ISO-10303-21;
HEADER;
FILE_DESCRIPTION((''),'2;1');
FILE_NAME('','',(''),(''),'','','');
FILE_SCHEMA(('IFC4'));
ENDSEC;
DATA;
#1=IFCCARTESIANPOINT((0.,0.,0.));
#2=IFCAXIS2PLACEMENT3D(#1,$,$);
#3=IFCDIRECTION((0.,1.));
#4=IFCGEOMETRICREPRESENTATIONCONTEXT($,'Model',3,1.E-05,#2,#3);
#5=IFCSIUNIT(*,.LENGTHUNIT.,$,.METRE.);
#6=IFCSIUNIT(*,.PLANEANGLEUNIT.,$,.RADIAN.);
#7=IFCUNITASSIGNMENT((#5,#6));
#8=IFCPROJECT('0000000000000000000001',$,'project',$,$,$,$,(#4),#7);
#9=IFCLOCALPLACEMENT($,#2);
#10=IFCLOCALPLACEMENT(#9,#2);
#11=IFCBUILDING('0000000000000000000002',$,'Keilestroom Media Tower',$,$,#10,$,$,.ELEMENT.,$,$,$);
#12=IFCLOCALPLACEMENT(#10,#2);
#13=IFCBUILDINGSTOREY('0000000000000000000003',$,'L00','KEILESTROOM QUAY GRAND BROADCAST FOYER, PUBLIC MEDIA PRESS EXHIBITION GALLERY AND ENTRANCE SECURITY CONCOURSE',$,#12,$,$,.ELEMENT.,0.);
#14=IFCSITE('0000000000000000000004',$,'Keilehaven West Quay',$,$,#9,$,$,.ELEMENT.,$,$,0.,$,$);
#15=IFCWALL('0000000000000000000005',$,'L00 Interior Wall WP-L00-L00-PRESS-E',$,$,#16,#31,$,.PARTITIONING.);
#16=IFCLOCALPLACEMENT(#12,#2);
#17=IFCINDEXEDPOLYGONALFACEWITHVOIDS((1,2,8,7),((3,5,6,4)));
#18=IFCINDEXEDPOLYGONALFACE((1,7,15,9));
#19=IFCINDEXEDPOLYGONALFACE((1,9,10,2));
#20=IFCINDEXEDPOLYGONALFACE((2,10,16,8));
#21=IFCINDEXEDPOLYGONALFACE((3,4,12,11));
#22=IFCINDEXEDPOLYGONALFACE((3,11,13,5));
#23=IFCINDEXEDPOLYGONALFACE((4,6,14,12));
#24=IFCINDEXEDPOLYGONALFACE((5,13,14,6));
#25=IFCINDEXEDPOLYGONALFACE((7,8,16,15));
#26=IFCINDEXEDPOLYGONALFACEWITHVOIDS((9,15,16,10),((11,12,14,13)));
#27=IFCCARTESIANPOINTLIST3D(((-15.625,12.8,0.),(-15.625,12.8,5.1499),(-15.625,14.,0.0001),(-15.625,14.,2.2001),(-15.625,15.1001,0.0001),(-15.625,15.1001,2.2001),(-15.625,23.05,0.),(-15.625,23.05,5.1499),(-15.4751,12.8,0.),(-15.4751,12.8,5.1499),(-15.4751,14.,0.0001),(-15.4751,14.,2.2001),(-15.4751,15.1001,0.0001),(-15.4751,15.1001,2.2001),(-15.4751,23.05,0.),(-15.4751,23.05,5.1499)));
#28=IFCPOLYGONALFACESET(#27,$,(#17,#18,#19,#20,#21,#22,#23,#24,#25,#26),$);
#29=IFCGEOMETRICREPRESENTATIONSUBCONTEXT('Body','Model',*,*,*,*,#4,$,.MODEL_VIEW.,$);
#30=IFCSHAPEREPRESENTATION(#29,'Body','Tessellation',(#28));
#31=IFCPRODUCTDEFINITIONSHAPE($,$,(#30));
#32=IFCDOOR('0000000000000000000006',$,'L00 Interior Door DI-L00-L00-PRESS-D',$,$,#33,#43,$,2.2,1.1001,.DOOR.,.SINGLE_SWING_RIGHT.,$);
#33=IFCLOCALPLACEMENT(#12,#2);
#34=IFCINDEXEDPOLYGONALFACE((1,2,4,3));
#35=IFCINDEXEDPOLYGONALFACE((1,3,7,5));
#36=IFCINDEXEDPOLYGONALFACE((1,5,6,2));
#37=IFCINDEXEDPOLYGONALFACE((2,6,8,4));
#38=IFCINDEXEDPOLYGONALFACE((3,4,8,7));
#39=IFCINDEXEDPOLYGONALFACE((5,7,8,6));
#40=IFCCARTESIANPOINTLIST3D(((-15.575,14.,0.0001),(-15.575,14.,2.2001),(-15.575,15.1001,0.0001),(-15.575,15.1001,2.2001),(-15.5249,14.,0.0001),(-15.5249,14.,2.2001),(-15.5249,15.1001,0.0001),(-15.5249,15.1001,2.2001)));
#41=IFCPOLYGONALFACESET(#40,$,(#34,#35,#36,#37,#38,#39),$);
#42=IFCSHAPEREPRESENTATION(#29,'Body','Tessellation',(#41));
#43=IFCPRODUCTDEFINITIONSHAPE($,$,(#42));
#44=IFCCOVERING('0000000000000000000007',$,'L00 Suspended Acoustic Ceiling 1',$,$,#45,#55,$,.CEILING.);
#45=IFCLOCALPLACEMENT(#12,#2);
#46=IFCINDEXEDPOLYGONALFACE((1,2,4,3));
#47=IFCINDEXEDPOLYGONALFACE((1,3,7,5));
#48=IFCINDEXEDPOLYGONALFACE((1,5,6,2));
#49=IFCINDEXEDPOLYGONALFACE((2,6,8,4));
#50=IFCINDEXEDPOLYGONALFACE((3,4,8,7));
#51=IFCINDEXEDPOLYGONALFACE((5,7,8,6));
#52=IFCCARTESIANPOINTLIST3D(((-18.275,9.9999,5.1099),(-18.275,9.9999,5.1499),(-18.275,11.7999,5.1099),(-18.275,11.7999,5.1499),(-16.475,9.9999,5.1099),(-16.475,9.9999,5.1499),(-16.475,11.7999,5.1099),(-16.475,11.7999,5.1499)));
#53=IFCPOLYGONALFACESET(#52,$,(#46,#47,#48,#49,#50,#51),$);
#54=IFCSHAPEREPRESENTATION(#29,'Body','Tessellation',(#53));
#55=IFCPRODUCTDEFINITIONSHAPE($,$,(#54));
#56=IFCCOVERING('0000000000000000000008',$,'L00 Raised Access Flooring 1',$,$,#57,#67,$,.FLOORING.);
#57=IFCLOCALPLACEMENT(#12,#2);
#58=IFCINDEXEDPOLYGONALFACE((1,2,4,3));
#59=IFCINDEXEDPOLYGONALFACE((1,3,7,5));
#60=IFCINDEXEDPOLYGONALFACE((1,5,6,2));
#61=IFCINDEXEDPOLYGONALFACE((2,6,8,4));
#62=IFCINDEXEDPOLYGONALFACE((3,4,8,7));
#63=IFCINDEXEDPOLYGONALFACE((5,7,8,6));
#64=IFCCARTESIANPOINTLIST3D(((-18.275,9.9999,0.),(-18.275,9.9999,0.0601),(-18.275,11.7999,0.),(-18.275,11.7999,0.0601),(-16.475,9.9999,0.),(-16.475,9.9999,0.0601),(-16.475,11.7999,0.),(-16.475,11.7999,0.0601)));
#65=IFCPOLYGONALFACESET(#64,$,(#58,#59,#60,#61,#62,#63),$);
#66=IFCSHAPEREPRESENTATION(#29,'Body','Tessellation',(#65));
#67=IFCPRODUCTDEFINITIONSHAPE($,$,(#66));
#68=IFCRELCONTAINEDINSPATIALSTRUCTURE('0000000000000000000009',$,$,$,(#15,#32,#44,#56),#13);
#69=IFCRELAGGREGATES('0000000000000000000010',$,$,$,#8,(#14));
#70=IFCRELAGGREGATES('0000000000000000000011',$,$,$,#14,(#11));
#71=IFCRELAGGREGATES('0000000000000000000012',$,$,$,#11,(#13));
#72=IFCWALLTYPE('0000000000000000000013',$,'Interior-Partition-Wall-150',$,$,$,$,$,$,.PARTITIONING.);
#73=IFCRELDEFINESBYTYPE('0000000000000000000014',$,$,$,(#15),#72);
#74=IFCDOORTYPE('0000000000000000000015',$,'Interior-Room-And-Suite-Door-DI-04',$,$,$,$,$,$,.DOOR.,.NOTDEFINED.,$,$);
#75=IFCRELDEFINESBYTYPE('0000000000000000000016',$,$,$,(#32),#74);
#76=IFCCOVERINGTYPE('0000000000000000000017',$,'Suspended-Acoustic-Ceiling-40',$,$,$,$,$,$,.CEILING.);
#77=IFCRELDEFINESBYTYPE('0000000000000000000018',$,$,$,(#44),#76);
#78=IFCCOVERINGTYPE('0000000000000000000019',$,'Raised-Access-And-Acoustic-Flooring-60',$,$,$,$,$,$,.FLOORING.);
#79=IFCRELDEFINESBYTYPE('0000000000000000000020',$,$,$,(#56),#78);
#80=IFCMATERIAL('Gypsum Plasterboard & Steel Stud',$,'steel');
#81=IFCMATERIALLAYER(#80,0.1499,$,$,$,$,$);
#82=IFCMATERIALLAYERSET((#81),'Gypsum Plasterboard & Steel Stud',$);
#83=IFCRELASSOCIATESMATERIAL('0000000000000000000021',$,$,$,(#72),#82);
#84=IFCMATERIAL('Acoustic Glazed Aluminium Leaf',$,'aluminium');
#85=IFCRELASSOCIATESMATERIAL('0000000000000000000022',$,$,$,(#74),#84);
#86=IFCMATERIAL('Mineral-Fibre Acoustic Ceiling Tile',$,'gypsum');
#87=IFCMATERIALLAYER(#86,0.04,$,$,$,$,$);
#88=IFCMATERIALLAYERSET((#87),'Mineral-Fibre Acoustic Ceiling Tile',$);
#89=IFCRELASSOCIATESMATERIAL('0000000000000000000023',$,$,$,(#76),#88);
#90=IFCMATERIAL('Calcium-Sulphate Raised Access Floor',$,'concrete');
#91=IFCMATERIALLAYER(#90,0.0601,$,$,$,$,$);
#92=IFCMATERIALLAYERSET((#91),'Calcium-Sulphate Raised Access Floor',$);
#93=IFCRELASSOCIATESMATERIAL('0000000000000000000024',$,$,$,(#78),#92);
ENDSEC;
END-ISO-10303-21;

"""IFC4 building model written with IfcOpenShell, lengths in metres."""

from ifc_helpers import new_model, si_unit, direction, frame, frame_2d, origin, origin_2d, place, context, subcontext, project, spatial, rectangle, extrude, source, transform, mapped, material, layer, layer_set, type_object, element, fill, save


model = new_model("IFC4")

# Units and contexts
model_context = context("Model", 3, precision=1e-05, world=origin(), true_north=direction((0.0, 1.0)))
body_context = subcontext(model_context, "Body", "Model", "MODEL_VIEW")
ifc_project = project(units=[si_unit("LENGTHUNIT", "METRE"), si_unit("PLANEANGLEUNIT", "RADIAN")], contexts=[model_context])

# Site, building, storey
site_placement = place(None, origin())
site = spatial("IfcSite", under=ifc_project, at=site_placement, Name="Keilehaven West Quay", CompositionType="ELEMENT", RefElevation=0.0)
building_placement = place(site_placement, origin())
building = spatial("IfcBuilding", under=site, at=building_placement, Name="Keilestroom Media Tower", CompositionType="ELEMENT")
storey_placement = place(building_placement, origin())
storey = spatial("IfcBuildingStorey", under=building, at=storey_placement, Name="L00", Description="KEILESTROOM QUAY GRAND BROADCAST FOYER, PUBLIC MEDIA PRESS EXHIBITION GALLERY AND ENTRANCE SECURITY CONCOURSE", CompositionType="ELEMENT", Elevation=0.0)

# Shared definitions
ifc_material_1 = material(Name="Gypsum Plasterboard & Steel Stud", Category="steel")

# Shared definitions
ifc_layer_1 = layer(ifc_material_1, 0.1499)
ifc_layer_set_1 = layer_set([ifc_layer_1], Name="Gypsum Plasterboard & Steel Stud")
wall_type_1 = type_object("IfcWallType", Name="Interior-Partition-Wall-150", PredefinedType="PARTITIONING", material=ifc_layer_set_1)

# Wall, opening, door
wall_1_placement = place(storey_placement, frame((-15.55, 12.8, 0.0), z_axis=(0.0, 0.0, 1.0), x_axis=(0.0, 1.0, 0.0)))
wall_1 = element("IfcWall", 1, at=wall_1_placement, inside=storey, type_object=wall_type_1, Name="L00 Interior Wall WP-L00-L00-PRESS-E", PredefinedType="PARTITIONING", context=body_context, shape_type="SweptSolid", body=[
    extrude(rectangle(XDim=10.25, YDim=0.1499, at=frame_2d((5.125, 0.0))), origin(), (0.0, 0.0, 1.0), 5.1499),
])
opening_1_placement = place(wall_1_placement, frame((1.2, 0.0, 0.0)))
opening_1 = element("IfcOpeningElement", 2, at=opening_1_placement, cuts=wall_1, PredefinedType="OPENING", context=body_context, shape_type="SweptSolid", body=[
    extrude(rectangle(XDim=1.1001, YDim=2.2, at=frame_2d((0.55, 1.1001))), frame((0.0, 0.085, 0.0), z_axis=(0.0, -1.0, 0.0), x_axis=(1.0, 0.0, 0.0)), (0.0, 0.0, 1.0), 0.1699),
])
ifc_material_2 = material(Name="Acoustic Glazed Aluminium Leaf", Category="aluminium")
door_type_1 = type_object("IfcDoorType", Name="Interior-Room-And-Suite-Door-DI-04", OperationType="NOTDEFINED", PredefinedType="DOOR", material=ifc_material_2)
shared_shape_1 = source(origin(), body_context, "Body", "SweptSolid", [
    extrude(rectangle(XDim=1.1001, YDim=2.2, at=frame_2d((0.55, 1.1001))), frame((0.0, 0.0249, 0.0), z_axis=(0.0, -1.0, 0.0), x_axis=(1.0, 0.0, 0.0)), (0.0, 0.0, 1.0), 0.05),
])
door_1_placement = place(opening_1_placement, origin())
door_1 = element("IfcDoor", 3, at=door_1_placement, inside=storey, type_object=door_type_1, Name="L00 Interior Door DI-L00-L00-PRESS-D", OperationType="SINGLE_SWING_RIGHT", OverallHeight=2.2, OverallWidth=1.1001, PredefinedType="DOOR", context=body_context, shape_type="MappedRepresentation", body=[
    mapped(shared_shape_1, transform((0.0, 0.0, 0.0), x_axis=(1.0, 0.0, 0.0), y_axis=(0.0, 1.0, 0.0), z_axis=(0.0, 0.0, 1.0), scale=1.0)),
])
fill(opening_1, door_1)

# Coverings
ifc_material_3 = material(Name="Mineral-Fibre Acoustic Ceiling Tile", Category="gypsum")
ifc_layer_2 = layer(ifc_material_3, 0.04)
ifc_layer_set_2 = layer_set([ifc_layer_2], Name="Mineral-Fibre Acoustic Ceiling Tile")
covering_type_1 = type_object("IfcCoveringType", Name="Suspended-Acoustic-Ceiling-40", PredefinedType="CEILING", material=ifc_layer_set_2)
shared_shape_2 = source(origin(), body_context, "Body", "SweptSolid", [
    extrude(rectangle(XDim=1.8, YDim=1.8, at=origin_2d()), origin(), (0.0, 0.0, 1.0), 0.04),
])
covering_1_placement = place(storey_placement, frame((-17.375, 10.8999, 5.1099), z_axis=(0.0, 0.0, 1.0), x_axis=(1.0, 0.0, 0.0)))
element("IfcCovering", 4, at=covering_1_placement, inside=storey, type_object=covering_type_1, Name="L00 Suspended Acoustic Ceiling 1", PredefinedType="CEILING", context=body_context, shape_type="MappedRepresentation", body=[
    mapped(shared_shape_2, transform((0.0, 0.0, 0.0), x_axis=(1.0, 0.0, 0.0), y_axis=(0.0, 1.0, 0.0), z_axis=(0.0, 0.0, 1.0), scale=1.0)),
])
ifc_material_4 = material(Name="Calcium-Sulphate Raised Access Floor", Category="concrete")
ifc_layer_3 = layer(ifc_material_4, 0.0601)
ifc_layer_set_3 = layer_set([ifc_layer_3], Name="Calcium-Sulphate Raised Access Floor")
covering_type_2 = type_object("IfcCoveringType", Name="Raised-Access-And-Acoustic-Flooring-60", PredefinedType="FLOORING", material=ifc_layer_set_3)
shared_shape_3 = source(origin(), body_context, "Body", "SweptSolid", [
    extrude(rectangle(XDim=1.8, YDim=1.8, at=origin_2d()), origin(), (0.0, 0.0, 1.0), 0.0601),
])
covering_2_placement = place(storey_placement, frame((-17.375, 10.8999, 0.0), z_axis=(0.0, 0.0, 1.0), x_axis=(1.0, 0.0, 0.0)))
element("IfcCovering", 5, at=covering_2_placement, inside=storey, type_object=covering_type_2, Name="L00 Raised Access Flooring 1", PredefinedType="FLOORING", context=body_context, shape_type="MappedRepresentation", body=[
    mapped(shared_shape_3, transform((0.0, 0.0, 0.0), x_axis=(1.0, 0.0, 0.0), y_axis=(0.0, 1.0, 0.0), z_axis=(0.0, 0.0, 1.0), scale=1.0)),
])

save(model, "model.ifc")
